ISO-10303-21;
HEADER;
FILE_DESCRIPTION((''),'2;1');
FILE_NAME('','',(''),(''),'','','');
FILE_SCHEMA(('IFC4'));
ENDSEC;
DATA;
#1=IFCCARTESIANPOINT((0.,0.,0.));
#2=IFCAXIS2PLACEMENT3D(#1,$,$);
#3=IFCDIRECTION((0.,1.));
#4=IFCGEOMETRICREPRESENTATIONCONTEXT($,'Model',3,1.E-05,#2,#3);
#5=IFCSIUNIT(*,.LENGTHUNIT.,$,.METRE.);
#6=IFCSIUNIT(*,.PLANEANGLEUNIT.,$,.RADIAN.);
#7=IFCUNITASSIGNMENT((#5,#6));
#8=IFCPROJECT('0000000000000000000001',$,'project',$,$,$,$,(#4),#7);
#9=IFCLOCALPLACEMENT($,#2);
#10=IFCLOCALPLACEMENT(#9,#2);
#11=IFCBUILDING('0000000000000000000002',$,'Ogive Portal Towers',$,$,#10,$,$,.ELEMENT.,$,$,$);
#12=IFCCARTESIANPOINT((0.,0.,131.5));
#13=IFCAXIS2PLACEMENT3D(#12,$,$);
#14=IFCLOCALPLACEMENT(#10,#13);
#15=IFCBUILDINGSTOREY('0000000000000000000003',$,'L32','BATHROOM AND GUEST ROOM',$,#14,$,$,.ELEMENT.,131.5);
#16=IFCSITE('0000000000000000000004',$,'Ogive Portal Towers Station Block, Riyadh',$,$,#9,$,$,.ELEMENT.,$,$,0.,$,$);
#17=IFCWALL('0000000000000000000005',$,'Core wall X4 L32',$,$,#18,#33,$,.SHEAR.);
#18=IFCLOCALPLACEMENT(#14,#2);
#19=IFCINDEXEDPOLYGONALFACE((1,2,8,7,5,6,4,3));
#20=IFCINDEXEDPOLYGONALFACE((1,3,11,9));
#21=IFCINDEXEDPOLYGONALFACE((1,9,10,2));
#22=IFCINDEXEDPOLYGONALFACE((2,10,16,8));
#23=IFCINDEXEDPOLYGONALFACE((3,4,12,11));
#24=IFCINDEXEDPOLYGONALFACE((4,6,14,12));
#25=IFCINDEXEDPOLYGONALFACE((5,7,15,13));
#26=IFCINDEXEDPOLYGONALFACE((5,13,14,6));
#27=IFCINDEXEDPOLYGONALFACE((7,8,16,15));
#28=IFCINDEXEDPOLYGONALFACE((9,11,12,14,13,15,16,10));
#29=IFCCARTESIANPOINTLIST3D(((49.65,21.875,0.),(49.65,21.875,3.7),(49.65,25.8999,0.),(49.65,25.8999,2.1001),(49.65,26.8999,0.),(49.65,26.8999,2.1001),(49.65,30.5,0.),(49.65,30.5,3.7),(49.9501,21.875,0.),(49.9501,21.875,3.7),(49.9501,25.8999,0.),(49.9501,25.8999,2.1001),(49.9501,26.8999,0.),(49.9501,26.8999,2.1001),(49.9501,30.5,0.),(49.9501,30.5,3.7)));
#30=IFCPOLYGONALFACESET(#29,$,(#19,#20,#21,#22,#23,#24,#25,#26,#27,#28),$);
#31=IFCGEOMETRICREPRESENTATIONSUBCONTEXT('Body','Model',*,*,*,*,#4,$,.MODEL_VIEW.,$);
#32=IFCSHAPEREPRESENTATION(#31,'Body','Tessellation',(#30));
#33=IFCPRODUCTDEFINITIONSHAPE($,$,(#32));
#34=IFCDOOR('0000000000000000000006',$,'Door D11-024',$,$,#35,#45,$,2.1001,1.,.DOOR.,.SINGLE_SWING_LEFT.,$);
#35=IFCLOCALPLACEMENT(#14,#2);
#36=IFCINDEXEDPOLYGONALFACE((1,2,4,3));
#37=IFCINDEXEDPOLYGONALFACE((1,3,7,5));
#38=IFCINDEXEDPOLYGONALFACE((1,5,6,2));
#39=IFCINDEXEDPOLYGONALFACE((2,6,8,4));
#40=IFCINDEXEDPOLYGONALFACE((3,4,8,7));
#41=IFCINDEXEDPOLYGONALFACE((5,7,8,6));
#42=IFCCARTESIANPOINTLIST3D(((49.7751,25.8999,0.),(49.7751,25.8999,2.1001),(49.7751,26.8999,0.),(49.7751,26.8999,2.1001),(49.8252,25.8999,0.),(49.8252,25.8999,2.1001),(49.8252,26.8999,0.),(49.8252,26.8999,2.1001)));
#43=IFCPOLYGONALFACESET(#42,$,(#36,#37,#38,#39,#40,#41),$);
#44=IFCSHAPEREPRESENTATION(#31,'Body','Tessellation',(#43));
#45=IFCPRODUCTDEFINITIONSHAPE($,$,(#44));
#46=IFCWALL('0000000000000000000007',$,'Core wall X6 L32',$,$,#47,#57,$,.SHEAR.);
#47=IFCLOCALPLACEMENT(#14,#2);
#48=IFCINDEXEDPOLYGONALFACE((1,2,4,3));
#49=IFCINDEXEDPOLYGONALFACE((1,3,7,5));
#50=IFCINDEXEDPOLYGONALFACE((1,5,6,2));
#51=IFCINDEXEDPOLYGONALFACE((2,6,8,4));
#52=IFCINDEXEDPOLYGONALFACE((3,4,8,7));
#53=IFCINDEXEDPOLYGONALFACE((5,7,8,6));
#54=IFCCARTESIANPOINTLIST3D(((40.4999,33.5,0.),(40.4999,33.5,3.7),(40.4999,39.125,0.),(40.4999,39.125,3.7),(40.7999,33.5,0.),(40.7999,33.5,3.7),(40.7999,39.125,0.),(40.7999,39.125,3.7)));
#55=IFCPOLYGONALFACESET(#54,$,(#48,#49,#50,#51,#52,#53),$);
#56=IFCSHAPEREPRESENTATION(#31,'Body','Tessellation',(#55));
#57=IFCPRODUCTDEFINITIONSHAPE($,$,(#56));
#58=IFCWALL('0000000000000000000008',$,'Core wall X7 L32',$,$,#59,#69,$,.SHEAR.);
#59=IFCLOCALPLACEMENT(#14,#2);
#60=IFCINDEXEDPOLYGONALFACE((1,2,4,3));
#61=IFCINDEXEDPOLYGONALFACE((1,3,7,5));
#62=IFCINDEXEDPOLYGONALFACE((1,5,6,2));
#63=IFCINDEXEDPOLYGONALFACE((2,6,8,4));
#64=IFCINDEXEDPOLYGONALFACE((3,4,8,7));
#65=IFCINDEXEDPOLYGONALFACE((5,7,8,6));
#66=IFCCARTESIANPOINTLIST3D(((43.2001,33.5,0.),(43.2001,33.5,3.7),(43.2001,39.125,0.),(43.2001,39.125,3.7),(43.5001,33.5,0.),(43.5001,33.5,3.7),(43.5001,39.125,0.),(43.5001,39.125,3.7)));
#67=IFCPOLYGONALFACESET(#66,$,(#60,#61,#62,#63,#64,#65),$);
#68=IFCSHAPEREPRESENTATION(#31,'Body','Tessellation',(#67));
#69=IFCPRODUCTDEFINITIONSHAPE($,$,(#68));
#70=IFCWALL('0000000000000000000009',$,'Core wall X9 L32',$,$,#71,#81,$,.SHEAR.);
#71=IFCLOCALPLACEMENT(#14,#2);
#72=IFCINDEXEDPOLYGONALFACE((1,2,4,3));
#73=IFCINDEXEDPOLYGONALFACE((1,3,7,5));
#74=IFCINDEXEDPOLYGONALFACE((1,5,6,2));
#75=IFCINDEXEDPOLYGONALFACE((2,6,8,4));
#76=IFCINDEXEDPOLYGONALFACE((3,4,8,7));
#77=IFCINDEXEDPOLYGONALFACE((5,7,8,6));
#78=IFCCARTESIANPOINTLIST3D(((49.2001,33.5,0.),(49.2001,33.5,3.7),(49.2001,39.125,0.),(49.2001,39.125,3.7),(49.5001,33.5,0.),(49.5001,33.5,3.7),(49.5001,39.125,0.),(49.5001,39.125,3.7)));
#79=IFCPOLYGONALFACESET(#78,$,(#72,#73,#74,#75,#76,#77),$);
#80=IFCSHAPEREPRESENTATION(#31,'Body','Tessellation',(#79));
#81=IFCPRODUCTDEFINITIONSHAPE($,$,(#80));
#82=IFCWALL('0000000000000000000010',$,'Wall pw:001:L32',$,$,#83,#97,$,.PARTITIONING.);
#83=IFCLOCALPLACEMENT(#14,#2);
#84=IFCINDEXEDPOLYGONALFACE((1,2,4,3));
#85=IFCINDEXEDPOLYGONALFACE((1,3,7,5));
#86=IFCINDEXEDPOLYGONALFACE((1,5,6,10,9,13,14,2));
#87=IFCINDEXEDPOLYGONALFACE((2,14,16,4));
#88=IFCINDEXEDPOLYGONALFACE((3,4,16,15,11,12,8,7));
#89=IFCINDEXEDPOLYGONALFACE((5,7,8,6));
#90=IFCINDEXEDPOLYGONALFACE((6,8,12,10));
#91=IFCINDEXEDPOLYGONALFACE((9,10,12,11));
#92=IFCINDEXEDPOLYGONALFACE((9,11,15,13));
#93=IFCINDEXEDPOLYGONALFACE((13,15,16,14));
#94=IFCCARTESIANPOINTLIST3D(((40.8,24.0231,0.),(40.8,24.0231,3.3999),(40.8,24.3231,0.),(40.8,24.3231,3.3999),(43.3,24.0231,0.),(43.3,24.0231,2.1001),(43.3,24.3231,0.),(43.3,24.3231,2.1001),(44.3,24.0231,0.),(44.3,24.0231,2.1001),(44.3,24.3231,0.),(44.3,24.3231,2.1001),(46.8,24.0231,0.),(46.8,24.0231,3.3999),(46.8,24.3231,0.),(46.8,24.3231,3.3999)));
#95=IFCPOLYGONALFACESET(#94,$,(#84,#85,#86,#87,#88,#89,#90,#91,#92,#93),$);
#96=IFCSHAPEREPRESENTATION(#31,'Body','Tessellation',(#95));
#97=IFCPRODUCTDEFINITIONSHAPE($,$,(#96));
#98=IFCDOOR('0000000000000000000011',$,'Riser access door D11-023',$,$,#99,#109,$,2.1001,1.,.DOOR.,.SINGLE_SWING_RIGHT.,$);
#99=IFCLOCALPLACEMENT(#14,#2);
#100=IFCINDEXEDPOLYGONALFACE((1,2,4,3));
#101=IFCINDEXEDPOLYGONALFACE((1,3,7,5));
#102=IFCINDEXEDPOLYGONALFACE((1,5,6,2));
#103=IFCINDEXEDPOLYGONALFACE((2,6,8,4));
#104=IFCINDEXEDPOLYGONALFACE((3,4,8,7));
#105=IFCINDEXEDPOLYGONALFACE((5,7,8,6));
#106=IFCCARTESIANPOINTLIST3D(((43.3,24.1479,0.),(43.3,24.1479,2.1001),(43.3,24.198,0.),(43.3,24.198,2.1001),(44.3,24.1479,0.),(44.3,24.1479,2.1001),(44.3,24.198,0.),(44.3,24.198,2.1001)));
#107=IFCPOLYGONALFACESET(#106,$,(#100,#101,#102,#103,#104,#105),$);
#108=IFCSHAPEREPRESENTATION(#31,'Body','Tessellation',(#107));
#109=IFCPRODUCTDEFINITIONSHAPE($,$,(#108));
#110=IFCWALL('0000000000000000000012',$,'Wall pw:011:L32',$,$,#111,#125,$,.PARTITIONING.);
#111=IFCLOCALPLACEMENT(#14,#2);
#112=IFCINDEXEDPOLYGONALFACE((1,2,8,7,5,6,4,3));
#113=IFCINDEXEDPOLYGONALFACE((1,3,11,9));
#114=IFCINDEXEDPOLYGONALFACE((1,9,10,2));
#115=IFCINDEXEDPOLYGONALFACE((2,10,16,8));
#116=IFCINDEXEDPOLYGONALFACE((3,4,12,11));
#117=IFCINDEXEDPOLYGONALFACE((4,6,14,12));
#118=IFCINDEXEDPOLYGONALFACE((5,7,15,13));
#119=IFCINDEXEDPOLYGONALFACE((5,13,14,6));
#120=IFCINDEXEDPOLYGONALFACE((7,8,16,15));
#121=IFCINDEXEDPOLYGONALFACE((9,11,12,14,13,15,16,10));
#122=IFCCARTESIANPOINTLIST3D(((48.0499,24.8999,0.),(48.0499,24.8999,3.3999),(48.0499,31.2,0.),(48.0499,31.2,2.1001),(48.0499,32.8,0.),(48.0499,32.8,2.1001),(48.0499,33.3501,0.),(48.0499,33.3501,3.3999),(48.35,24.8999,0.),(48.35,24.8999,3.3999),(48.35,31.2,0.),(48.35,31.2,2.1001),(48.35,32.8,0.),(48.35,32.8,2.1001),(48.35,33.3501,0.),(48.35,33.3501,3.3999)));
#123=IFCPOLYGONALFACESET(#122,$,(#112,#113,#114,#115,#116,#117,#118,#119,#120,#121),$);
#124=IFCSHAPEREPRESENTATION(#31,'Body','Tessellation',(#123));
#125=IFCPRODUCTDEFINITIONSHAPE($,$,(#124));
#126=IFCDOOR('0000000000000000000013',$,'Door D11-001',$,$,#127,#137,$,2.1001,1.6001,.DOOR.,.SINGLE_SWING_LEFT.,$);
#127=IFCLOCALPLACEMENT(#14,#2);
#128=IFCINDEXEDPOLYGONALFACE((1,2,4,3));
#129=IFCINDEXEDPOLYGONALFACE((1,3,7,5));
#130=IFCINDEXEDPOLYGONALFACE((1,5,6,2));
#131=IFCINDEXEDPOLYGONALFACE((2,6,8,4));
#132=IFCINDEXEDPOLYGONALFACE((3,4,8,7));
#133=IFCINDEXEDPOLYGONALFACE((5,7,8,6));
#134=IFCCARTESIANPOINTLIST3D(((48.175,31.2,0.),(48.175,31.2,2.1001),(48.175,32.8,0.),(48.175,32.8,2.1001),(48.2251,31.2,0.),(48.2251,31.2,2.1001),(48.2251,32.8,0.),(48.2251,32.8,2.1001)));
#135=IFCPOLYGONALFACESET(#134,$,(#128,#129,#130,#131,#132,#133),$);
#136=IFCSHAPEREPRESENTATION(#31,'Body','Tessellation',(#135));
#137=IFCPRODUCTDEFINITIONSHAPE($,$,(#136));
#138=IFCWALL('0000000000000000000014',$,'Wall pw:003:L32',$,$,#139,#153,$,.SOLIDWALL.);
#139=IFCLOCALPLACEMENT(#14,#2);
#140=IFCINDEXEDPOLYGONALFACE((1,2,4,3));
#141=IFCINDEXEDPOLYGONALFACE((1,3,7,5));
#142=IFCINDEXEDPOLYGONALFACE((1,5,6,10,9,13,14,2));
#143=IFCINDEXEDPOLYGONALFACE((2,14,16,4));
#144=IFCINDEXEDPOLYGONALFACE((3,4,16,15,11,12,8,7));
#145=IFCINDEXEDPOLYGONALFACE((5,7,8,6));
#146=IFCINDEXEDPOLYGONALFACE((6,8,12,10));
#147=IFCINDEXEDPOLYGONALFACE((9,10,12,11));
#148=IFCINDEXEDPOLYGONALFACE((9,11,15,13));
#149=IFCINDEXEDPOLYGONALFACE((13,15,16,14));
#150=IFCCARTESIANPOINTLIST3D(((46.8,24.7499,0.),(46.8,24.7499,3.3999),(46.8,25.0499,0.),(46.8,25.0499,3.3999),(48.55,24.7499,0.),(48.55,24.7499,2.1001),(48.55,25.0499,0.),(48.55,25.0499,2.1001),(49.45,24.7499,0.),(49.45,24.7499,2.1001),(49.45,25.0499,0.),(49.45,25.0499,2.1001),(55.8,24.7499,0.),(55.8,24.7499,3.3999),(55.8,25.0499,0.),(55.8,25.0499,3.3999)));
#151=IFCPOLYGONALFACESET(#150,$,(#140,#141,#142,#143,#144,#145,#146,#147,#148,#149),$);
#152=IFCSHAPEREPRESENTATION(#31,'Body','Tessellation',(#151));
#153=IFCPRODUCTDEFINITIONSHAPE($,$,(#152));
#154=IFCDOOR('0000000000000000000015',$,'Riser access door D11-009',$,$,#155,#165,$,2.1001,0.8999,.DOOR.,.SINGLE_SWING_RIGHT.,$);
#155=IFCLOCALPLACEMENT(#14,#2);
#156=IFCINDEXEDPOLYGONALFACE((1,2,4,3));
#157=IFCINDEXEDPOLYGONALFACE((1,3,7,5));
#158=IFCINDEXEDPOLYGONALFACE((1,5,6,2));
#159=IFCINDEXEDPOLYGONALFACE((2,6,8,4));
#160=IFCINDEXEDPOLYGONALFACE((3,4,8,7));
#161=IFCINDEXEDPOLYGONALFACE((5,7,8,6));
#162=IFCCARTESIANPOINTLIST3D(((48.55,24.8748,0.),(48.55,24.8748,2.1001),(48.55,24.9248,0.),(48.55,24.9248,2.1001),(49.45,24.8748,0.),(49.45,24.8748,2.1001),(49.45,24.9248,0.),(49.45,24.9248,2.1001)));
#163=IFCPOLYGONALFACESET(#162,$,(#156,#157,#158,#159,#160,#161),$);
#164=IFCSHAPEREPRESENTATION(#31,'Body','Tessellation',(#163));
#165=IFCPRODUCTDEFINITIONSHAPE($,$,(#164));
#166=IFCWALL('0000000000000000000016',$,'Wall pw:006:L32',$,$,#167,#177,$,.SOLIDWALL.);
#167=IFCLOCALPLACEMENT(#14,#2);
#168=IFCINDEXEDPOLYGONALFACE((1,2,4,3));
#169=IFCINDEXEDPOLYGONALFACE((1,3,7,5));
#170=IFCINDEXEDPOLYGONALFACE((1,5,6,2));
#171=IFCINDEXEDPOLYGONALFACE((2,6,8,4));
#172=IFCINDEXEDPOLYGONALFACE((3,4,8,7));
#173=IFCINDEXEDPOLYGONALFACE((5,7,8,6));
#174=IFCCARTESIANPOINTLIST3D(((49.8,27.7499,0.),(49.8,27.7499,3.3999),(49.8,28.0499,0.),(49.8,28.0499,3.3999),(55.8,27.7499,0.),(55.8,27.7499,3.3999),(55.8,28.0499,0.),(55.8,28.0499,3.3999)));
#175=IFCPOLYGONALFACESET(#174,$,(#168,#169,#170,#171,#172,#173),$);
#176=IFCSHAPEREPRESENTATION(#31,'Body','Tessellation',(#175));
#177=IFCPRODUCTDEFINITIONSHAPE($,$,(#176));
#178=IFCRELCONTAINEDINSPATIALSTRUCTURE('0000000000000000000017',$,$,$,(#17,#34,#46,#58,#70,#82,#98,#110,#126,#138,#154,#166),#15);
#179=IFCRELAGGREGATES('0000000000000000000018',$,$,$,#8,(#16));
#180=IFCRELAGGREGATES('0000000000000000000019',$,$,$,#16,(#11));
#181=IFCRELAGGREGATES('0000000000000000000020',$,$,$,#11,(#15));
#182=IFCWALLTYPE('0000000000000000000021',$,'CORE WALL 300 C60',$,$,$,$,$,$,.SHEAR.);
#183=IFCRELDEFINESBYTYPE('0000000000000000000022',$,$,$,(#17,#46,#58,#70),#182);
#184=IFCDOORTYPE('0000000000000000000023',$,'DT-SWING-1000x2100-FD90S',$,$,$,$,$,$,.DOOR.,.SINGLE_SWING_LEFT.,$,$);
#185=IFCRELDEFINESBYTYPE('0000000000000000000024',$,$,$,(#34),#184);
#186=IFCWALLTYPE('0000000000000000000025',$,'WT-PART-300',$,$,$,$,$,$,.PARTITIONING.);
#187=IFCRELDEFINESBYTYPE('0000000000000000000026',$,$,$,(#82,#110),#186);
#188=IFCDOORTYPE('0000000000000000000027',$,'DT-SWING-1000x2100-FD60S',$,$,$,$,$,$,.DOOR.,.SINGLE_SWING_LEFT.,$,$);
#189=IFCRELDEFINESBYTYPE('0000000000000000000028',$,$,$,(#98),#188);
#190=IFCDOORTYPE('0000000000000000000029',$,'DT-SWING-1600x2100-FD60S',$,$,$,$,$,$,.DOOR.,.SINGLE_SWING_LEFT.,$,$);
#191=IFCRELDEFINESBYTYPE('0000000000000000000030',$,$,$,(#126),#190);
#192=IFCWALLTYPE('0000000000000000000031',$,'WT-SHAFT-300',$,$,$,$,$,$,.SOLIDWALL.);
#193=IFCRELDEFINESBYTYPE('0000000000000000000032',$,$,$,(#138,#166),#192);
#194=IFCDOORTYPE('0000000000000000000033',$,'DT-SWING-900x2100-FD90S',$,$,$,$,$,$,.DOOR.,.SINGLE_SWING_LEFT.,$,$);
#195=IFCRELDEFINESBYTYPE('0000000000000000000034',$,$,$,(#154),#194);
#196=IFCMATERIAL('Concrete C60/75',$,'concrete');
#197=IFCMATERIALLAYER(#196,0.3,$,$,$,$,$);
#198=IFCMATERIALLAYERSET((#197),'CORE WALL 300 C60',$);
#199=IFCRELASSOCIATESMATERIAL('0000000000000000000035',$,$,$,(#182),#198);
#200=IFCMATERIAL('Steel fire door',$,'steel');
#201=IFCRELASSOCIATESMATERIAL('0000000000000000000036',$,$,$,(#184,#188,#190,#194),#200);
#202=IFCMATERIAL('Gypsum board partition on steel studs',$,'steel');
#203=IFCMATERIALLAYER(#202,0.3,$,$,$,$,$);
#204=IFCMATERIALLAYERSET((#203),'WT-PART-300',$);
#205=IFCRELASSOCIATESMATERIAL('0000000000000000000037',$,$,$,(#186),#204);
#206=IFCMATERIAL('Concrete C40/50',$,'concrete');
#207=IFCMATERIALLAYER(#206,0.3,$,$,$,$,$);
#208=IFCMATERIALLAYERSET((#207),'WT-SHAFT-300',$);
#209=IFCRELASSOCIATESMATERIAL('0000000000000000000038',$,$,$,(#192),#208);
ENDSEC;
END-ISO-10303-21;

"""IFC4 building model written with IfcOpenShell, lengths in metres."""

from ifc_helpers import new_model, si_unit, direction, frame, frame_2d, origin, place, context, subcontext, project, spatial, rectangle, extrude, material, layer, layer_set, type_object, element, fill, save


model = new_model("IFC4")

# Units and contexts
model_context = context("Model", 3, precision=1e-05, world=origin(), true_north=direction((0.0, 1.0)))
body_context = subcontext(model_context, "Body", "Model", "MODEL_VIEW")
ifc_project = project(units=[si_unit("LENGTHUNIT", "METRE"), si_unit("PLANEANGLEUNIT", "RADIAN")], contexts=[model_context])

# Site, building, storey
site_placement = place(None, origin())
site = spatial("IfcSite", under=ifc_project, at=site_placement, Name="Ogive Portal Towers Station Block, Riyadh", CompositionType="ELEMENT", RefElevation=0.0)
building_placement = place(site_placement, origin())
building = spatial("IfcBuilding", under=site, at=building_placement, Name="Ogive Portal Towers", CompositionType="ELEMENT")
storey_placement = place(building_placement, frame((0.0, 0.0, 131.5)))
storey = spatial("IfcBuildingStorey", under=building, at=storey_placement, Name="L32", Description="BATHROOM AND GUEST ROOM", CompositionType="ELEMENT", Elevation=131.5)

# Wall, opening, door
ifc_material_1 = material(Name="Concrete C60/75", Category="concrete")
ifc_layer_1 = layer(ifc_material_1, 0.3)
ifc_layer_set_1 = layer_set([ifc_layer_1], Name="CORE WALL 300 C60")
wall_type_1 = type_object("IfcWallType", Name="CORE WALL 300 C60", PredefinedType="SHEAR", material=ifc_layer_set_1)
wall_1_placement = place(storey_placement, frame((49.8, 21.875, 0.0), z_axis=(0.0, 0.0, 1.0), x_axis=(0.0, 1.0, 0.0)))
wall_1 = element("IfcWall", 1, at=wall_1_placement, inside=storey, type_object=wall_type_1, Name="Core wall X4 L32", PredefinedType="SHEAR", context=body_context, shape_type="SweptSolid", body=[
    extrude(rectangle(XDim=8.625, YDim=0.3, at=frame_2d((4.3125, 0.0))), origin(), (0.0, 0.0, 1.0), 3.7),
])
opening_1_placement = place(wall_1_placement, frame((4.0249, 0.0, 0.0)))
opening_1 = element("IfcOpeningElement", 2, at=opening_1_placement, cuts=wall_1, PredefinedType="OPENING", context=body_context, shape_type="SweptSolid", body=[
    extrude(rectangle(XDim=1.0, YDim=2.1001, at=frame_2d((0.5, 1.05))), frame((0.0, 0.1602, 0.0), z_axis=(0.0, -1.0, 0.0), x_axis=(1.0, 0.0, 0.0)), (0.0, 0.0, 1.0), 0.3201),
])
ifc_material_2 = material(Name="Steel fire door", Category="steel")
door_type_1 = type_object("IfcDoorType", Name="DT-SWING-1000x2100-FD90S", OperationType="SINGLE_SWING_LEFT", PredefinedType="DOOR", material=ifc_material_2)
door_1_placement = place(opening_1_placement, origin())
door_1 = element("IfcDoor", 3, at=door_1_placement, inside=storey, type_object=door_type_1, Name="Door D11-024", OperationType="SINGLE_SWING_LEFT", OverallHeight=2.1001, OverallWidth=1.0, PredefinedType="DOOR", context=body_context, shape_type="SweptSolid", body=[
    extrude(rectangle(XDim=1.0, YDim=2.1001, at=frame_2d((0.5, 1.05))), frame((0.0, 0.0249, 0.0), z_axis=(0.0, -1.0, 0.0), x_axis=(1.0, 0.0, 0.0)), (0.0, 0.0, 1.0), 0.05),
])
fill(opening_1, door_1)

# Walls
for number, where, z_axis, x_axis, name in (
    (4, (40.6499, 33.5, 0.0), (0.0, 0.0, 1.0), (0.0, 1.0, 0.0), "Core wall X6 L32"),
    (5, (43.3501, 33.5, 0.0), (0.0, 0.0, 1.0), (0.0, 1.0, 0.0), "Core wall X7 L32"),
    (6, (49.3501, 33.5, 0.0), (0.0, 0.0, 1.0), (0.0, 1.0, 0.0), "Core wall X9 L32"),
):
    element("IfcWall", number, at=place(storey_placement, frame(where, z_axis=z_axis, x_axis=x_axis)), inside=storey, type_object=wall_type_1, Name=name, PredefinedType="SHEAR", context=body_context, shape_type="SweptSolid", body=[
        extrude(rectangle(XDim=5.625, YDim=0.3, at=frame_2d((2.8125, 0.0))), origin(), (0.0, 0.0, 1.0), 3.7),
    ])

# Walls, openings, doors
ifc_material_3 = material(Name="Gypsum board partition on steel studs", Category="steel")
ifc_layer_2 = layer(ifc_material_3, 0.3)
ifc_layer_set_2 = layer_set([ifc_layer_2], Name="WT-PART-300")
wall_type_2 = type_object("IfcWallType", Name="WT-PART-300", PredefinedType="PARTITIONING", material=ifc_layer_set_2)
wall_2_placement = place(storey_placement, frame((40.8, 24.1731, 0.0), z_axis=(0.0, 0.0, 1.0), x_axis=(1.0, 0.0, 0.0)))
wall_2 = element("IfcWall", 7, at=wall_2_placement, inside=storey, type_object=wall_type_2, Name="Wall pw:001:L32", PredefinedType="PARTITIONING", context=body_context, shape_type="SweptSolid", body=[
    extrude(rectangle(XDim=6.0, YDim=0.3, at=frame_2d((3.0, 0.0))), origin(), (0.0, 0.0, 1.0), 3.3999),
])
opening_2_placement = place(wall_2_placement, frame((2.5, 0.0, 0.0)))
opening_2 = element("IfcOpeningElement", 8, at=opening_2_placement, cuts=wall_2, PredefinedType="OPENING", context=body_context, shape_type="SweptSolid", body=[
    extrude(rectangle(XDim=1.0, YDim=2.1001, at=frame_2d((0.5, 1.05))), frame((0.0, 0.1602, 0.0), z_axis=(0.0, -1.0, 0.0), x_axis=(1.0, 0.0, 0.0)), (0.0, 0.0, 1.0), 0.3201),
])
door_type_2 = type_object("IfcDoorType", Name="DT-SWING-1000x2100-FD60S", OperationType="SINGLE_SWING_LEFT", PredefinedType="DOOR", material=ifc_material_2)
door_2_placement = place(opening_2_placement, origin())
door_2 = element("IfcDoor", 9, at=door_2_placement, inside=storey, type_object=door_type_2, Name="Riser access door D11-023", OperationType="SINGLE_SWING_RIGHT", OverallHeight=2.1001, OverallWidth=1.0, PredefinedType="DOOR", context=body_context, shape_type="SweptSolid", body=[
    extrude(rectangle(XDim=1.0, YDim=2.1001, at=frame_2d((0.5, 1.05))), frame((0.0, 0.0249, 0.0), z_axis=(0.0, -1.0, 0.0), x_axis=(1.0, 0.0, 0.0)), (0.0, 0.0, 1.0), 0.05),
])
fill(opening_2, door_2)
wall_3_placement = place(storey_placement, frame((48.2, 24.8999, 0.0), z_axis=(0.0, 0.0, 1.0), x_axis=(0.0, 1.0, 0.0)))
wall_3 = element("IfcWall", 10, at=wall_3_placement, inside=storey, type_object=wall_type_2, Name="Wall pw:011:L32", PredefinedType="PARTITIONING", context=body_context, shape_type="SweptSolid", body=[
    extrude(rectangle(XDim=8.4502, YDim=0.3, at=frame_2d((4.2251, 0.0))), origin(), (0.0, 0.0, 1.0), 3.3999),
])
opening_3_placement = place(wall_3_placement, frame((6.3, 0.0, 0.0)))
opening_3 = element("IfcOpeningElement", 11, at=opening_3_placement, cuts=wall_3, PredefinedType="OPENING", context=body_context, shape_type="SweptSolid", body=[
    extrude(rectangle(XDim=1.6001, YDim=2.1001, at=frame_2d((0.8, 1.05))), frame((0.0, 0.1602, 0.0), z_axis=(0.0, -1.0, 0.0), x_axis=(1.0, 0.0, 0.0)), (0.0, 0.0, 1.0), 0.3201),
])
door_type_3 = type_object("IfcDoorType", Name="DT-SWING-1600x2100-FD60S", OperationType="SINGLE_SWING_LEFT", PredefinedType="DOOR", material=ifc_material_2)
door_3_placement = place(opening_3_placement, origin())
door_3 = element("IfcDoor", 12, at=door_3_placement, inside=storey, type_object=door_type_3, Name="Door D11-001", OperationType="SINGLE_SWING_LEFT", OverallHeight=2.1001, OverallWidth=1.6001, PredefinedType="DOOR", context=body_context, shape_type="SweptSolid", body=[
    extrude(rectangle(XDim=1.6001, YDim=2.1001, at=frame_2d((0.8, 1.05))), frame((0.0, 0.0249, 0.0), z_axis=(0.0, -1.0, 0.0), x_axis=(1.0, 0.0, 0.0)), (0.0, 0.0, 1.0), 0.05),
])
fill(opening_3, door_3)
ifc_material_4 = material(Name="Concrete C40/50", Category="concrete")
ifc_layer_3 = layer(ifc_material_4, 0.3)
ifc_layer_set_3 = layer_set([ifc_layer_3], Name="WT-SHAFT-300")
wall_type_3 = type_object("IfcWallType", Name="WT-SHAFT-300", PredefinedType="SOLIDWALL", material=ifc_layer_set_3)
wall_4_placement = place(storey_placement, frame((46.8, 24.8999, 0.0), z_axis=(0.0, 0.0, 1.0), x_axis=(1.0, 0.0, 0.0)))
wall_4 = element("IfcWall", 13, at=wall_4_placement, inside=storey, type_object=wall_type_3, Name="Wall pw:003:L32", PredefinedType="SOLIDWALL", context=body_context, shape_type="SweptSolid", body=[
    extrude(rectangle(XDim=9.0, YDim=0.3, at=frame_2d((4.5, 0.0))), origin(), (0.0, 0.0, 1.0), 3.3999),
])
opening_4_placement = place(wall_4_placement, frame((1.75, 0.0, 0.0)))
opening_4 = element("IfcOpeningElement", 14, at=opening_4_placement, cuts=wall_4, PredefinedType="OPENING", context=body_context, shape_type="SweptSolid", body=[
    extrude(rectangle(XDim=0.8999, YDim=2.1001, at=frame_2d((0.45, 1.05))), frame((0.0, 0.1602, 0.0), z_axis=(0.0, -1.0, 0.0), x_axis=(1.0, 0.0, 0.0)), (0.0, 0.0, 1.0), 0.3201),
])
door_type_4 = type_object("IfcDoorType", Name="DT-SWING-900x2100-FD90S", OperationType="SINGLE_SWING_LEFT", PredefinedType="DOOR", material=ifc_material_2)
door_4_placement = place(opening_4_placement, origin())
door_4 = element("IfcDoor", 15, at=door_4_placement, inside=storey, type_object=door_type_4, Name="Riser access door D11-009", OperationType="SINGLE_SWING_RIGHT", OverallHeight=2.1001, OverallWidth=0.8999, PredefinedType="DOOR", context=body_context, shape_type="SweptSolid", body=[
    extrude(rectangle(XDim=0.8999, YDim=2.1001, at=frame_2d((0.45, 1.05))), frame((0.0, 0.0249, 0.0), z_axis=(0.0, -1.0, 0.0), x_axis=(1.0, 0.0, 0.0)), (0.0, 0.0, 1.0), 0.05),
])
fill(opening_4, door_4)

# Wall
wall_5_placement = place(storey_placement, frame((49.8, 27.8999, 0.0), z_axis=(0.0, 0.0, 1.0), x_axis=(1.0, 0.0, 0.0)))
element("IfcWall", 16, at=wall_5_placement, inside=storey, type_object=wall_type_3, Name="Wall pw:006:L32", PredefinedType="SOLIDWALL", context=body_context, shape_type="SweptSolid", body=[
    extrude(rectangle(XDim=6.0, YDim=0.3, at=frame_2d((3.0, 0.0))), origin(), (0.0, 0.0, 1.0), 3.3999),
])

save(model, "model.ifc")
